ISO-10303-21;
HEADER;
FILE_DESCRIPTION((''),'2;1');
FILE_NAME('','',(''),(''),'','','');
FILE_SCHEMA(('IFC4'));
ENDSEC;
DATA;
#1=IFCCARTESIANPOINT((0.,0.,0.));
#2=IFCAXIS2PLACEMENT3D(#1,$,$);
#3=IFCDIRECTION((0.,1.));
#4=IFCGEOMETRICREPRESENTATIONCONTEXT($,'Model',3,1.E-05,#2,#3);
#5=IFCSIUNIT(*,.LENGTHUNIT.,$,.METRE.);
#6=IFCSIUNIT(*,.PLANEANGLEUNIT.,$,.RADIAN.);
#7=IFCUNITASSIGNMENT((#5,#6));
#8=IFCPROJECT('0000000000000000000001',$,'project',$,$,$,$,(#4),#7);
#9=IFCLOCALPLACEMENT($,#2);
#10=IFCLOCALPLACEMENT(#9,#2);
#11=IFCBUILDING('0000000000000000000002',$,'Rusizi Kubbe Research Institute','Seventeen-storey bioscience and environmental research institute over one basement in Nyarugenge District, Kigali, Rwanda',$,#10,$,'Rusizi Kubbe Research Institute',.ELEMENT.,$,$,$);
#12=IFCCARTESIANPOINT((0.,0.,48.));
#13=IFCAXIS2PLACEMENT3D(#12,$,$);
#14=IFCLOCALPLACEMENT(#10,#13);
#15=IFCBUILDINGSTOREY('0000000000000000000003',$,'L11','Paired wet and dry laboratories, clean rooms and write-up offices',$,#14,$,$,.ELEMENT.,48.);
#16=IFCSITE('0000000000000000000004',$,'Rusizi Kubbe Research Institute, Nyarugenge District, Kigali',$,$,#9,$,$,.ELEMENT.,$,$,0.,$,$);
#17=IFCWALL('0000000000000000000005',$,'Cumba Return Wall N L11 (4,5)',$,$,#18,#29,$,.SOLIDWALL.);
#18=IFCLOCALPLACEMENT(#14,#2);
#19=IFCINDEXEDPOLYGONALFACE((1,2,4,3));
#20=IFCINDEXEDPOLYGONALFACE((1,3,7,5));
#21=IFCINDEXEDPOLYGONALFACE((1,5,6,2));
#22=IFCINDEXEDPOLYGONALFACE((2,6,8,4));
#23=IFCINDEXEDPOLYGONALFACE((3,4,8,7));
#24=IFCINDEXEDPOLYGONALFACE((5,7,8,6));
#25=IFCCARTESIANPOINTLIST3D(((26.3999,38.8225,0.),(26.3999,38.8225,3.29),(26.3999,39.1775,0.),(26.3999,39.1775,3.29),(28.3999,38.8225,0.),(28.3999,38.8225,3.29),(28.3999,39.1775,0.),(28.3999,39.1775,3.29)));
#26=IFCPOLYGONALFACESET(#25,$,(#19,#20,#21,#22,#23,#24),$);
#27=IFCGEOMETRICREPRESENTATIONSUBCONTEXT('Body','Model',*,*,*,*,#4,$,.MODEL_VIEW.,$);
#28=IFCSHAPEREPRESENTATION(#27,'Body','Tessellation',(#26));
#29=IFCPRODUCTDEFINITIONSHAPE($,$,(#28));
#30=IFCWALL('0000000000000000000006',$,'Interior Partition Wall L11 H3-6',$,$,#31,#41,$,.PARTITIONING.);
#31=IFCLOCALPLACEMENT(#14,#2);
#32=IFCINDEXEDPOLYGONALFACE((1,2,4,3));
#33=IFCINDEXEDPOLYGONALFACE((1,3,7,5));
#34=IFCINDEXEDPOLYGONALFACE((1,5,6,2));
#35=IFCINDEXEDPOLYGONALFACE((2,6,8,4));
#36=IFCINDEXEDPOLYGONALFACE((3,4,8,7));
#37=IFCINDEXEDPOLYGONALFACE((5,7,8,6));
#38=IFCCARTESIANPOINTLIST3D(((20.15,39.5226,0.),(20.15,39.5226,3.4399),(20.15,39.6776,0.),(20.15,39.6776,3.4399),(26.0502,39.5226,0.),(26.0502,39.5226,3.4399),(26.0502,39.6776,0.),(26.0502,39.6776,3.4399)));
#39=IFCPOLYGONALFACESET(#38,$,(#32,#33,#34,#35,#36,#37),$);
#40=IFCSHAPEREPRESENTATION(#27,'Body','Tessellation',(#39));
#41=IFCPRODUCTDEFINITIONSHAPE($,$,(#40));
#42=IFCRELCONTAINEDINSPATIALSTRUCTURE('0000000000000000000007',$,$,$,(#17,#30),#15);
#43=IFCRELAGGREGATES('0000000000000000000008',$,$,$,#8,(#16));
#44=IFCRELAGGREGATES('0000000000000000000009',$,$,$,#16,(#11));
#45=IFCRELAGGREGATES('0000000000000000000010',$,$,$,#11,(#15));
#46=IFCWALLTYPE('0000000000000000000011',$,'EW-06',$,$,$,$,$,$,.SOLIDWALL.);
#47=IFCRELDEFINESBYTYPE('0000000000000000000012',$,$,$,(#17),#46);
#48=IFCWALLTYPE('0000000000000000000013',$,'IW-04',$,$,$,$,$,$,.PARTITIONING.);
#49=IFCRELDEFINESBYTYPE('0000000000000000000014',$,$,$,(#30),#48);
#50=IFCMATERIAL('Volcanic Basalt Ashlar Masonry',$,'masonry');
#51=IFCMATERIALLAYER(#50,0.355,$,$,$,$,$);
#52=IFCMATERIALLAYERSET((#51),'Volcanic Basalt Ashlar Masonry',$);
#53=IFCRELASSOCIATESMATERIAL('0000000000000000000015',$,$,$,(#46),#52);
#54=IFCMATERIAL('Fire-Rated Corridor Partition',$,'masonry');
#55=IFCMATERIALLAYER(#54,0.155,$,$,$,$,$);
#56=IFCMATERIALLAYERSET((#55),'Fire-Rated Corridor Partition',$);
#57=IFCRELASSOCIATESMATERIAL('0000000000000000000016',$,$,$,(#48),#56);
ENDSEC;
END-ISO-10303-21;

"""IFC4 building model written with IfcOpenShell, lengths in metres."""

from ifc_helpers import new_model, si_unit, direction, frame, frame_2d, origin, place, context, subcontext, project, spatial, rectangle, extrude, material, layer, layer_set, type_object, element, save


model = new_model("IFC4")

# Units and contexts
model_context = context("Model", 3, precision=1e-05, world=origin(), true_north=direction((0.0, 1.0)))
body_context = subcontext(model_context, "Body", "Model", "MODEL_VIEW")
ifc_project = project(units=[si_unit("LENGTHUNIT", "METRE"), si_unit("PLANEANGLEUNIT", "RADIAN")], contexts=[model_context])

# Site, building, storey
site_placement = place(None, origin())
site = spatial("IfcSite", under=ifc_project, at=site_placement, Name="Rusizi Kubbe Research Institute, Nyarugenge District, Kigali", CompositionType="ELEMENT", RefElevation=0.0)
building_placement = place(site_placement, origin())
building = spatial("IfcBuilding", under=site, at=building_placement, Name="Rusizi Kubbe Research Institute", Description="Seventeen-storey bioscience and environmental research institute over one basement in Nyarugenge District, Kigali, Rwanda", LongName="Rusizi Kubbe Research Institute", CompositionType="ELEMENT")
storey_placement = place(building_placement, frame((0.0, 0.0, 48.0)))
storey = spatial("IfcBuildingStorey", under=building, at=storey_placement, Name="L11", Description="Paired wet and dry laboratories, clean rooms and write-up offices", CompositionType="ELEMENT", Elevation=48.0)

# Walls
ifc_material_1 = material(Name="Volcanic Basalt Ashlar Masonry", Category="masonry")
ifc_layer_1 = layer(ifc_material_1, 0.355)
ifc_layer_set_1 = layer_set([ifc_layer_1], Name="Volcanic Basalt Ashlar Masonry")
wall_type_1 = type_object("IfcWallType", Name="EW-06", PredefinedType="SOLIDWALL", material=ifc_layer_set_1)
wall_1_placement = place(storey_placement, frame((26.3999, 39.0, 0.0), z_axis=(0.0, 0.0, 1.0), x_axis=(1.0, 0.0, 0.0)))
element("IfcWall", 1, at=wall_1_placement, inside=storey, type_object=wall_type_1, Name="Cumba Return Wall N L11 (4,5)", PredefinedType="SOLIDWALL", context=body_context, shape_type="SweptSolid", body=[
    extrude(rectangle(XDim=2.0, YDim=0.355, at=frame_2d((1.0, 0.0))), origin(), (0.0, 0.0, 1.0), 3.29),
])
ifc_material_2 = material(Name="Fire-Rated Corridor Partition", Category="masonry")
ifc_layer_2 = layer(ifc_material_2, 0.155)
ifc_layer_set_2 = layer_set([ifc_layer_2], Name="Fire-Rated Corridor Partition")
wall_type_2 = type_object("IfcWallType", Name="IW-04", PredefinedType="PARTITIONING", material=ifc_layer_set_2)
wall_2_placement = place(storey_placement, frame((20.1499, 39.6001, 0.0), z_axis=(0.0, 0.0, 1.0), x_axis=(1.0, 0.0, 0.0)))
element("IfcWall", 2, at=wall_2_placement, inside=storey, type_object=wall_type_2, Name="Interior Partition Wall L11 H3-6", PredefinedType="PARTITIONING", context=body_context, shape_type="SweptSolid", body=[
    extrude(rectangle(XDim=5.9001, YDim=0.155, at=frame_2d((2.9502, 0.0))), origin(), (0.0, 0.0, 1.0), 3.4399),
])

save(model, "model.ifc")
